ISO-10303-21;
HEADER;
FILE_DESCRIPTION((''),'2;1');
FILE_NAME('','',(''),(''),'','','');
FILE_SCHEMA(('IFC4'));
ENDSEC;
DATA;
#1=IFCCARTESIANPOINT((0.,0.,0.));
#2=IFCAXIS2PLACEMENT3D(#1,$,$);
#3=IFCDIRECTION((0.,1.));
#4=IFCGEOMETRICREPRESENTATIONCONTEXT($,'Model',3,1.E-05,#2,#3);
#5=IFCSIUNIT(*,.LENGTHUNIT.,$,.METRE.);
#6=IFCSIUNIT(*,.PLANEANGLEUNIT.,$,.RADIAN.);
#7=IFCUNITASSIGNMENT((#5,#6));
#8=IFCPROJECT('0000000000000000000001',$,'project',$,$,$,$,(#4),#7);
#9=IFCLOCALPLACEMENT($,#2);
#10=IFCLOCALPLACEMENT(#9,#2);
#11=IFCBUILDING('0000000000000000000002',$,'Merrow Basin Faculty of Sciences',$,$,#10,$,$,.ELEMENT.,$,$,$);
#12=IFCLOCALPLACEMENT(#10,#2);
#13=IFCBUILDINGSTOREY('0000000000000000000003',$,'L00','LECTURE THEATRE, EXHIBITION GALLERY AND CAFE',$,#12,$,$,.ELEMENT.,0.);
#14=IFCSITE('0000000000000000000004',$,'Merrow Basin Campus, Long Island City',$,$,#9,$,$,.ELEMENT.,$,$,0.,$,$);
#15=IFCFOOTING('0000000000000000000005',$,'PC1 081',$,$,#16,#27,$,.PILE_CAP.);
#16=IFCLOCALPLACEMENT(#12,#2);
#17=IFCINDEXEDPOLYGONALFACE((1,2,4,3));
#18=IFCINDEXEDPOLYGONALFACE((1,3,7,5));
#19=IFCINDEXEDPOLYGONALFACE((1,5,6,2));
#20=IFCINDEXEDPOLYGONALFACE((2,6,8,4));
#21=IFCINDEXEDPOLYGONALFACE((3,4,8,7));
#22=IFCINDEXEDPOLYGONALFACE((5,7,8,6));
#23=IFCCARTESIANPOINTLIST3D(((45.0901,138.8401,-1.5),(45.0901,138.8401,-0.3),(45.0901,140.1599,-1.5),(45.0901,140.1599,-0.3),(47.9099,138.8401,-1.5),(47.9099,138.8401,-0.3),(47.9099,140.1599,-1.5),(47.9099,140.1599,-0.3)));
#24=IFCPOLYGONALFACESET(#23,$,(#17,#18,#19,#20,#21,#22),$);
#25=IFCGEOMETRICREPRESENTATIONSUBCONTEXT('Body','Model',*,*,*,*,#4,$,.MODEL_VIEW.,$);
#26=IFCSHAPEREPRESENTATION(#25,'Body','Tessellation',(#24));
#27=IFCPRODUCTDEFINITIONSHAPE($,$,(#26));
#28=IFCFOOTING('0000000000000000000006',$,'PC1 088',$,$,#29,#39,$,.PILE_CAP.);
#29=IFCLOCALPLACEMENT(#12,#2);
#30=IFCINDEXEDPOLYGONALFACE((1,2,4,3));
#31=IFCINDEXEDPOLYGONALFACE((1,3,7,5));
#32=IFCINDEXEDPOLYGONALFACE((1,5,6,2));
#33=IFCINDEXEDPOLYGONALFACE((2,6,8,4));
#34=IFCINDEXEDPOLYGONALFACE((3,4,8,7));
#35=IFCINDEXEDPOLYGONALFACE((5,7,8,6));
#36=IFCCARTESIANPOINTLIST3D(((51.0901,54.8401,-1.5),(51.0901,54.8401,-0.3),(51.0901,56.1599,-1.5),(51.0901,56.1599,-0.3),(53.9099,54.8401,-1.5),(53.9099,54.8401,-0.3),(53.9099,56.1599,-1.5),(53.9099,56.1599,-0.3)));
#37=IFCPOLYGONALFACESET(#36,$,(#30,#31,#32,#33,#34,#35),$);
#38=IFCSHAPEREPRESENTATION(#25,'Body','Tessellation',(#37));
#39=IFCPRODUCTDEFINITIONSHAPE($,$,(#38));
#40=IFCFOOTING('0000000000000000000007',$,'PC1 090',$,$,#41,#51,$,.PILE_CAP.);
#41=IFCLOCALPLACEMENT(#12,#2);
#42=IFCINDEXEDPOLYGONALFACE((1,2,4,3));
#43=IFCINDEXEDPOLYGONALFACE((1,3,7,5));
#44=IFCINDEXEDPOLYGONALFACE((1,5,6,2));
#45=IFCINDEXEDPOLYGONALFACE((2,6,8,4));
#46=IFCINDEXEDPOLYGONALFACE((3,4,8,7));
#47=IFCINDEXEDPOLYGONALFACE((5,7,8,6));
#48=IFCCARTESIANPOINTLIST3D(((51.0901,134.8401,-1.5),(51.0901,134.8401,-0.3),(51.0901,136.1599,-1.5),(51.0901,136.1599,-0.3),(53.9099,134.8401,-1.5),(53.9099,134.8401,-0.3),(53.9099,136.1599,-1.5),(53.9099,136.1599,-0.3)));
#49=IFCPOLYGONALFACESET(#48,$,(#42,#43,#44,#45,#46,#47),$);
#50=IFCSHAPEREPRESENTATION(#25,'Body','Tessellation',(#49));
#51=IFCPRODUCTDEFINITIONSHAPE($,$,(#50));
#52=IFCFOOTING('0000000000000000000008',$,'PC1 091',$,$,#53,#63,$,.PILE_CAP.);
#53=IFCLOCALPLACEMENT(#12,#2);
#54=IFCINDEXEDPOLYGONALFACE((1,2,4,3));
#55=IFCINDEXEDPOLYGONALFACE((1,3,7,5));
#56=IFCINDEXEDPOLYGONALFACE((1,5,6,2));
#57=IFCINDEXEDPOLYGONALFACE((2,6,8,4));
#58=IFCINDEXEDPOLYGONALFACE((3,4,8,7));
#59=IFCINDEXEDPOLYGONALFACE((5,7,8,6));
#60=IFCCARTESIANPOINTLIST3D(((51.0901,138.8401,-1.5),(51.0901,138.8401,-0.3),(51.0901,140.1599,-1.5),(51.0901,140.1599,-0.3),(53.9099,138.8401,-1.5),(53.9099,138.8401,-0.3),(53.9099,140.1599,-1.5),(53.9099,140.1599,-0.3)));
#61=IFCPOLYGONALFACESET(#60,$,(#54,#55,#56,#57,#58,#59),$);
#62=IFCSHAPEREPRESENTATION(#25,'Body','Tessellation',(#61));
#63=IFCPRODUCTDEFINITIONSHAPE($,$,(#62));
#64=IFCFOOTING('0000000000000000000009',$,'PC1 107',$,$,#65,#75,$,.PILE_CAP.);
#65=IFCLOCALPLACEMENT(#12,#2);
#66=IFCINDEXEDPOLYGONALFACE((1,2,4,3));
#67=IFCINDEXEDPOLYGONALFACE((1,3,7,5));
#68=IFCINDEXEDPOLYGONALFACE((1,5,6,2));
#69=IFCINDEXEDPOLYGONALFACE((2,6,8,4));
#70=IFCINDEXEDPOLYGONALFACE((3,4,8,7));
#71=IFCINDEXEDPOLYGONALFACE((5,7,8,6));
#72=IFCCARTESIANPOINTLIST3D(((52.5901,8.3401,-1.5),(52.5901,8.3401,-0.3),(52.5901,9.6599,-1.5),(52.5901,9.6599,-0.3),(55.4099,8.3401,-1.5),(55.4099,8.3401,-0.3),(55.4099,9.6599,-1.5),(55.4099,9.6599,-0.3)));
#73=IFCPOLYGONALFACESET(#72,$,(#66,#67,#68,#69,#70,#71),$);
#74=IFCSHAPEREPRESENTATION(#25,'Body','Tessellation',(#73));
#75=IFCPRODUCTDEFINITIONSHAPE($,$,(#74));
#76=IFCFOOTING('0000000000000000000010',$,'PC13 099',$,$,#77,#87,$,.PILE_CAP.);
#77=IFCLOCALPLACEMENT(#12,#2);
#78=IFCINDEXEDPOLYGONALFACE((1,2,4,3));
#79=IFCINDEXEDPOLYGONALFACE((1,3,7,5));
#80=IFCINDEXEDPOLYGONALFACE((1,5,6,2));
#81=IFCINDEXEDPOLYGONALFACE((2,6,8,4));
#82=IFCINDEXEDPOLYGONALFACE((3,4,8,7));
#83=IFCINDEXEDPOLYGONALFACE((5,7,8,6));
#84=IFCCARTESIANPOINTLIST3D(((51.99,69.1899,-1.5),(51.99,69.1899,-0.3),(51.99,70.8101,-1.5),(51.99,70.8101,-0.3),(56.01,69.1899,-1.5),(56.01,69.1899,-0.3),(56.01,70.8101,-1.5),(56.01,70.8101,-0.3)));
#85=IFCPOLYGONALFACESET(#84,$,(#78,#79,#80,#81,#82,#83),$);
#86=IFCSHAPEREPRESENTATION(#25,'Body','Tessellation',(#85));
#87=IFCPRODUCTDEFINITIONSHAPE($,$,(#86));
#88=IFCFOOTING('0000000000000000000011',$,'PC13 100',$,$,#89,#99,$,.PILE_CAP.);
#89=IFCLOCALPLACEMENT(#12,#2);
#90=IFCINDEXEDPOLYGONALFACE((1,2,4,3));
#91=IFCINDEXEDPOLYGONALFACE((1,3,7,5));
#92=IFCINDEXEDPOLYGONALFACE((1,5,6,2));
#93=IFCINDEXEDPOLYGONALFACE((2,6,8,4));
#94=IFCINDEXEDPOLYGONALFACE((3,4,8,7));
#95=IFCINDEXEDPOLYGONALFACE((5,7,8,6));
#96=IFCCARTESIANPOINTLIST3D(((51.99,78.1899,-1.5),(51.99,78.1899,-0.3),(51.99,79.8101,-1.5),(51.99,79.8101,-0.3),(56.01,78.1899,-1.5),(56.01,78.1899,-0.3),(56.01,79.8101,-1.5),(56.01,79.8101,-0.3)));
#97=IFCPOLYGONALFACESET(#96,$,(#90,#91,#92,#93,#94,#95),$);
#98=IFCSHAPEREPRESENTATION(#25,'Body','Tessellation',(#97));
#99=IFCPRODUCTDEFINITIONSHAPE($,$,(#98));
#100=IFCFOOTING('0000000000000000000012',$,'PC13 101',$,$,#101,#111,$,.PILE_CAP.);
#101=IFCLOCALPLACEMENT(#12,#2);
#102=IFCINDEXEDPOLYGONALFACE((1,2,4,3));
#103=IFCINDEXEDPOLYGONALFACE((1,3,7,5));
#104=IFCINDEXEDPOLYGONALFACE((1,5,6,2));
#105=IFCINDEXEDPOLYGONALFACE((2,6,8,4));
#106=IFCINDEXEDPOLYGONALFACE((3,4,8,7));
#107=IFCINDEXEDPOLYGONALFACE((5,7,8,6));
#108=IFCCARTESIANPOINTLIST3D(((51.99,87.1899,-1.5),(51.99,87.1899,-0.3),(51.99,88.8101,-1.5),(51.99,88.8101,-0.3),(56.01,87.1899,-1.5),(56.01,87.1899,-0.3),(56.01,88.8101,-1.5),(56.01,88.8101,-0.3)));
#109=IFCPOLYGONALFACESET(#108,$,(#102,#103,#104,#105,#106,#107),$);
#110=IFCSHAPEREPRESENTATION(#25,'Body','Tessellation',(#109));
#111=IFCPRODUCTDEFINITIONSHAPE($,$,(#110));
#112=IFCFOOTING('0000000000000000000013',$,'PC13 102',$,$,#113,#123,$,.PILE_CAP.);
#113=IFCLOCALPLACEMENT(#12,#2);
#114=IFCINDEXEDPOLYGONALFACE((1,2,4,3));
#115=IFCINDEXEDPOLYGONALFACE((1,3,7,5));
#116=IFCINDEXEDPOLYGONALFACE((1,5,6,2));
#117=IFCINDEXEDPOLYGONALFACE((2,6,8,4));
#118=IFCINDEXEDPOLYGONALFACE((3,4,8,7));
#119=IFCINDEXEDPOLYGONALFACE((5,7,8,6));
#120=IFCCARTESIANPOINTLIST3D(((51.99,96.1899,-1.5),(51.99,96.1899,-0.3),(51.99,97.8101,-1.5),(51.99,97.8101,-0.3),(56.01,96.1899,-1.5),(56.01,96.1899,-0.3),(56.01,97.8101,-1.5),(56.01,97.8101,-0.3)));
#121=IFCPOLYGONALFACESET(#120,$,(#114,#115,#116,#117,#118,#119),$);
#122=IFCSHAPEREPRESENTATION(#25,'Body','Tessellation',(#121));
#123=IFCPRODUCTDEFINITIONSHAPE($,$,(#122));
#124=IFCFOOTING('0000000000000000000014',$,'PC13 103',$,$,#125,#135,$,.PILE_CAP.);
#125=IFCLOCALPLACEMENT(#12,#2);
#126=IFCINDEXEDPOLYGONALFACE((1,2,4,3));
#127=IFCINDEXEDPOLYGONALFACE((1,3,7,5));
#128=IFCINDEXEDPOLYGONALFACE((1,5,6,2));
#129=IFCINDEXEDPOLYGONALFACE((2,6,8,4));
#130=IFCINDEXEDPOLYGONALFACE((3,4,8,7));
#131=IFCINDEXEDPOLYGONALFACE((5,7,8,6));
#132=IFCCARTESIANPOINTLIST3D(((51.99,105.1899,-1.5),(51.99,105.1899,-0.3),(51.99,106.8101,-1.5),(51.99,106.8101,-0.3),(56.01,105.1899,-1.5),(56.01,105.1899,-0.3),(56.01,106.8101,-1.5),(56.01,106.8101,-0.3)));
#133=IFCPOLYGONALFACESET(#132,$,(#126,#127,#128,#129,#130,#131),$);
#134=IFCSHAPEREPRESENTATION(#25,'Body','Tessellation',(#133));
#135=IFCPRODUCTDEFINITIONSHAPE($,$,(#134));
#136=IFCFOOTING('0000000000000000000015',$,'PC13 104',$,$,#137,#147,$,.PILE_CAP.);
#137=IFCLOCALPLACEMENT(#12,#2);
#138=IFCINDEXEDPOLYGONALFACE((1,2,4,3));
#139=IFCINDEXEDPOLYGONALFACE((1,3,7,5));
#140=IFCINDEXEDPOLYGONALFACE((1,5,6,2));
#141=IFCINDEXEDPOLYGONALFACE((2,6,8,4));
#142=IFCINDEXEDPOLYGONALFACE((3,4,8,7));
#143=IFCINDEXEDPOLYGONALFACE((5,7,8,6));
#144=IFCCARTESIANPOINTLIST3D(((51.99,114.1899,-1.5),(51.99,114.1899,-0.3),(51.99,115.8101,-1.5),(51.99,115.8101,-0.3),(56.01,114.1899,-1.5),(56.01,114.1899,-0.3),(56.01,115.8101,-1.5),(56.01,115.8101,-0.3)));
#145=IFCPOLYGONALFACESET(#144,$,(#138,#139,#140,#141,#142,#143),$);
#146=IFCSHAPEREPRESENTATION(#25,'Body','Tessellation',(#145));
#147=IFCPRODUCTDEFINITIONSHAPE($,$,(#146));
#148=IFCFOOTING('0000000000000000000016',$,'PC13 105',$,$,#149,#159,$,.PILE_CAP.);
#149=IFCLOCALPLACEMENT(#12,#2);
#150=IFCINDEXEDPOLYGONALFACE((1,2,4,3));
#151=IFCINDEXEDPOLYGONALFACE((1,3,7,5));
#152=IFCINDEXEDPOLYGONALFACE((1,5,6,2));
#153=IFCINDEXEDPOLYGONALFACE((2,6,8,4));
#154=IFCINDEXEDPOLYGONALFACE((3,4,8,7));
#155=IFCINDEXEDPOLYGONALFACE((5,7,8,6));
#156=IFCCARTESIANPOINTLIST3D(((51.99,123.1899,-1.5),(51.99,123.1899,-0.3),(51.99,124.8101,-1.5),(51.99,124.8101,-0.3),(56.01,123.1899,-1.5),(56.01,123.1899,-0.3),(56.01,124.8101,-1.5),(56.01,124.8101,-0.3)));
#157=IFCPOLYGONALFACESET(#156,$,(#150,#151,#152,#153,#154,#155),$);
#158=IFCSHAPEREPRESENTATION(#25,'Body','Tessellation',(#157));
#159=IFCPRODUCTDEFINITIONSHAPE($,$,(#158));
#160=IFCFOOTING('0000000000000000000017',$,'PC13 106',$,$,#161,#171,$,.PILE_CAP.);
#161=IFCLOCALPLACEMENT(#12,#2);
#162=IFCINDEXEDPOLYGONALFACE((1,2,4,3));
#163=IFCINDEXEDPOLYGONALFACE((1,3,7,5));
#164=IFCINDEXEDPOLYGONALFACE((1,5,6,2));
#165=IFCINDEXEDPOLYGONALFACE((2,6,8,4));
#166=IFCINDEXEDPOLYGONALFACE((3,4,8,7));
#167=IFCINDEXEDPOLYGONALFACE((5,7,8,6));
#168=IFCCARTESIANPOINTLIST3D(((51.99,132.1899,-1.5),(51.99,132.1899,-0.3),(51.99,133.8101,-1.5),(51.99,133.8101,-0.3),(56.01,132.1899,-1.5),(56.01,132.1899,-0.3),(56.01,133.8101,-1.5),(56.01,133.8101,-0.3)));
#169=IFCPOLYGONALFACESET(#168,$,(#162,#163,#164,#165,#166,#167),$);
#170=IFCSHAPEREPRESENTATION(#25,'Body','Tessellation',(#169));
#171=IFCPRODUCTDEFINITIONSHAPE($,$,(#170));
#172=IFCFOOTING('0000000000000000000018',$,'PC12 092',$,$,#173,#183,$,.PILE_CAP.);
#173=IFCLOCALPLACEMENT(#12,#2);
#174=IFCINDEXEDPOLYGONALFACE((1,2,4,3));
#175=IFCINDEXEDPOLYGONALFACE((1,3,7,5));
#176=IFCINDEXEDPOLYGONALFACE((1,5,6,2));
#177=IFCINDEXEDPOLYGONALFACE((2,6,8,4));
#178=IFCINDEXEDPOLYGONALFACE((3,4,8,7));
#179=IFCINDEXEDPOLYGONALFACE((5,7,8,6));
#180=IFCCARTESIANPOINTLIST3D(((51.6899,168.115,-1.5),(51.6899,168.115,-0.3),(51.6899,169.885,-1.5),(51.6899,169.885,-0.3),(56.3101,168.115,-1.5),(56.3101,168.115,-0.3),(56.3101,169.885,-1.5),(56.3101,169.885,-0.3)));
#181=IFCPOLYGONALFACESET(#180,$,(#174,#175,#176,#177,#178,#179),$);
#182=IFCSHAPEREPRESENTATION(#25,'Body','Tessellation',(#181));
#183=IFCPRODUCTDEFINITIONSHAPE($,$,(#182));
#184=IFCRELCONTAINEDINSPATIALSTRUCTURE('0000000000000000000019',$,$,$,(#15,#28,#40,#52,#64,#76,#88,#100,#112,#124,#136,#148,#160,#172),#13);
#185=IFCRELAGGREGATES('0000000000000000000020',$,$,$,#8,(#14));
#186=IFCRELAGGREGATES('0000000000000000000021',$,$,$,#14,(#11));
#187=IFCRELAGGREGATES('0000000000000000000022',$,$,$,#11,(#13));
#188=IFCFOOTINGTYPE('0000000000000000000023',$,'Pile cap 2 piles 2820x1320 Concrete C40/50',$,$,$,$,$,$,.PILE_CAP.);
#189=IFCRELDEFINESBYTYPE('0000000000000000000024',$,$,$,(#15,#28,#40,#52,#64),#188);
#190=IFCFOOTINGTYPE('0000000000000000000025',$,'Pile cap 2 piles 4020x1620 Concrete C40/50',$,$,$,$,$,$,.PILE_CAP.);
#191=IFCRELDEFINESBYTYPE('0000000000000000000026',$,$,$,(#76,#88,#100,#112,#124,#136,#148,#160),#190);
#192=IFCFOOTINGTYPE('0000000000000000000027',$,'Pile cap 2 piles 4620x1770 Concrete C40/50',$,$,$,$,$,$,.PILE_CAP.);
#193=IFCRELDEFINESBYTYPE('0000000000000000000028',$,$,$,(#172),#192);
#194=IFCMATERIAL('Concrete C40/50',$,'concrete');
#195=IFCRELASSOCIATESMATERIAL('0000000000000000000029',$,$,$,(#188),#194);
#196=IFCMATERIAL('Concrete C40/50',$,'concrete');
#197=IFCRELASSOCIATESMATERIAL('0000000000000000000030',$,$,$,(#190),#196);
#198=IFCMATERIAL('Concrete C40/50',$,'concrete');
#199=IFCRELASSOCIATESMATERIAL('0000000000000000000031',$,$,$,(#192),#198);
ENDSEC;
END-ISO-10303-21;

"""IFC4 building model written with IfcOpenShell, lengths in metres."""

from ifc_helpers import new_model, si_unit, direction, frame, origin, place, context, subcontext, project, spatial, polyline, outline, extrude, material, type_object, element, save


model = new_model("IFC4")

# Units and contexts
model_context = context("Model", 3, precision=1e-05, world=origin(), true_north=direction((0.0, 1.0)))
body_context = subcontext(model_context, "Body", "Model", "MODEL_VIEW")
ifc_project = project(units=[si_unit("LENGTHUNIT", "METRE"), si_unit("PLANEANGLEUNIT", "RADIAN")], contexts=[model_context])

# Site, building, storey
site_placement = place(None, origin())
site = spatial("IfcSite", under=ifc_project, at=site_placement, Name="Merrow Basin Campus, Long Island City", CompositionType="ELEMENT", RefElevation=0.0)
building_placement = place(site_placement, origin())
building = spatial("IfcBuilding", under=site, at=building_placement, Name="Merrow Basin Faculty of Sciences", CompositionType="ELEMENT")
storey_placement = place(building_placement, origin())
storey = spatial("IfcBuildingStorey", under=building, at=storey_placement, Name="L00", Description="LECTURE THEATRE, EXHIBITION GALLERY AND CAFE", CompositionType="ELEMENT", Elevation=0.0)

# Footings
ifc_material_1 = material(Name="Concrete C40/50", Category="concrete")
footing_type_1 = type_object("IfcFootingType", Name="Pile cap 2 piles 2820x1320 Concrete C40/50", PredefinedType="PILE_CAP", material=ifc_material_1)
footing_1_placement = place(storey_placement, frame((0.0, 0.0, -1.5)))
element("IfcFooting", 1, at=footing_1_placement, inside=storey, type_object=footing_type_1, Name="PC1 081", PredefinedType="PILE_CAP", context=body_context, shape_type="SweptSolid", body=[
    extrude(outline(polyline([(45.0901, 138.8401), (45.0901, 140.1599), (47.9099, 140.1599), (47.9099, 138.8401), (45.0901, 138.8401)])), origin(), (0.0, 0.0, 1.0), 1.2),
])
footing_2_placement = place(storey_placement, frame((0.0, 0.0, -1.5)))
element("IfcFooting", 2, at=footing_2_placement, inside=storey, type_object=footing_type_1, Name="PC1 088", PredefinedType="PILE_CAP", context=body_context, shape_type="SweptSolid", body=[
    extrude(outline(polyline([(51.0901, 54.8401), (51.0901, 56.1599), (53.9099, 56.1599), (53.9099, 54.8401), (51.0901, 54.8401)])), origin(), (0.0, 0.0, 1.0), 1.2),
])
footing_3_placement = place(storey_placement, frame((0.0, 0.0, -1.5)))
element("IfcFooting", 3, at=footing_3_placement, inside=storey, type_object=footing_type_1, Name="PC1 090", PredefinedType="PILE_CAP", context=body_context, shape_type="SweptSolid", body=[
    extrude(outline(polyline([(51.0901, 136.1599), (53.9099, 136.1599), (53.9099, 134.8401), (51.0901, 134.8401), (51.0901, 136.1599)])), origin(), (0.0, 0.0, 1.0), 1.2),
])
footing_4_placement = place(storey_placement, frame((0.0, 0.0, -1.5)))
element("IfcFooting", 4, at=footing_4_placement, inside=storey, type_object=footing_type_1, Name="PC1 091", PredefinedType="PILE_CAP", context=body_context, shape_type="SweptSolid", body=[
    extrude(outline(polyline([(51.0901, 140.1599), (53.9099, 140.1599), (53.9099, 138.8401), (51.0901, 138.8401), (51.0901, 140.1599)])), origin(), (0.0, 0.0, 1.0), 1.2),
])
footing_5_placement = place(storey_placement, frame((0.0, 0.0, -1.5)))
element("IfcFooting", 5, at=footing_5_placement, inside=storey, type_object=footing_type_1, Name="PC1 107", PredefinedType="PILE_CAP", context=body_context, shape_type="SweptSolid", body=[
    extrude(outline(polyline([(52.5901, 9.6599), (55.4099, 9.6599), (55.4099, 8.3401), (52.5901, 8.3401), (52.5901, 9.6599)])), origin(), (0.0, 0.0, 1.0), 1.2),
])
ifc_material_2 = material(Name="Concrete C40/50", Category="concrete")
footing_type_2 = type_object("IfcFootingType", Name="Pile cap 2 piles 4020x1620 Concrete C40/50", PredefinedType="PILE_CAP", material=ifc_material_2)
footing_6_placement = place(storey_placement, frame((0.0, 0.0, -1.5)))
element("IfcFooting", 6, at=footing_6_placement, inside=storey, type_object=footing_type_2, Name="PC13 099", PredefinedType="PILE_CAP", context=body_context, shape_type="SweptSolid", body=[
    extrude(outline(polyline([(51.99, 70.8101), (56.01, 70.8101), (56.01, 69.1899), (51.99, 69.1899), (51.99, 70.8101)])), origin(), (0.0, 0.0, 1.0), 1.2),
])
footing_7_placement = place(storey_placement, frame((0.0, 0.0, -1.5)))
element("IfcFooting", 7, at=footing_7_placement, inside=storey, type_object=footing_type_2, Name="PC13 100", PredefinedType="PILE_CAP", context=body_context, shape_type="SweptSolid", body=[
    extrude(outline(polyline([(51.99, 79.8101), (56.01, 79.8101), (56.01, 78.1899), (51.99, 78.1899), (51.99, 79.8101)])), origin(), (0.0, 0.0, 1.0), 1.2),
])
footing_8_placement = place(storey_placement, frame((0.0, 0.0, -1.5)))
element("IfcFooting", 8, at=footing_8_placement, inside=storey, type_object=footing_type_2, Name="PC13 101", PredefinedType="PILE_CAP", context=body_context, shape_type="SweptSolid", body=[
    extrude(outline(polyline([(51.99, 88.8101), (56.01, 88.8101), (56.01, 87.1899), (51.99, 87.1899), (51.99, 88.8101)])), origin(), (0.0, 0.0, 1.0), 1.2),
])
footing_9_placement = place(storey_placement, frame((0.0, 0.0, -1.5)))
element("IfcFooting", 9, at=footing_9_placement, inside=storey, type_object=footing_type_2, Name="PC13 102", PredefinedType="PILE_CAP", context=body_context, shape_type="SweptSolid", body=[
    extrude(outline(polyline([(51.99, 97.8101), (56.01, 97.8101), (56.01, 96.1899), (51.99, 96.1899), (51.99, 97.8101)])), origin(), (0.0, 0.0, 1.0), 1.2),
])
footing_10_placement = place(storey_placement, frame((0.0, 0.0, -1.5)))
element("IfcFooting", 10, at=footing_10_placement, inside=storey, type_object=footing_type_2, Name="PC13 103", PredefinedType="PILE_CAP", context=body_context, shape_type="SweptSolid", body=[
    extrude(outline(polyline([(51.99, 106.8101), (56.01, 106.8101), (56.01, 105.1899), (51.99, 105.1899), (51.99, 106.8101)])), origin(), (0.0, 0.0, 1.0), 1.2),
])
footing_11_placement = place(storey_placement, frame((0.0, 0.0, -1.5)))
element("IfcFooting", 11, at=footing_11_placement, inside=storey, type_object=footing_type_2, Name="PC13 104", PredefinedType="PILE_CAP", context=body_context, shape_type="SweptSolid", body=[
    extrude(outline(polyline([(51.99, 115.8101), (56.01, 115.8101), (56.01, 114.1899), (51.99, 114.1899), (51.99, 115.8101)])), origin(), (0.0, 0.0, 1.0), 1.2),
])
footing_12_placement = place(storey_placement, frame((0.0, 0.0, -1.5)))
element("IfcFooting", 12, at=footing_12_placement, inside=storey, type_object=footing_type_2, Name="PC13 105", PredefinedType="PILE_CAP", context=body_context, shape_type="SweptSolid", body=[
    extrude(outline(polyline([(51.99, 124.8101), (56.01, 124.8101), (56.01, 123.1899), (51.99, 123.1899), (51.99, 124.8101)])), origin(), (0.0, 0.0, 1.0), 1.2),
])
footing_13_placement = place(storey_placement, frame((0.0, 0.0, -1.5)))
element("IfcFooting", 13, at=footing_13_placement, inside=storey, type_object=footing_type_2, Name="PC13 106", PredefinedType="PILE_CAP", context=body_context, shape_type="SweptSolid", body=[
    extrude(outline(polyline([(51.99, 133.8101), (56.01, 133.8101), (56.01, 132.1899), (51.99, 132.1899), (51.99, 133.8101)])), origin(), (0.0, 0.0, 1.0), 1.2),
])
ifc_material_3 = material(Name="Concrete C40/50", Category="concrete")
footing_type_3 = type_object("IfcFootingType", Name="Pile cap 2 piles 4620x1770 Concrete C40/50", PredefinedType="PILE_CAP", material=ifc_material_3)
footing_14_placement = place(storey_placement, frame((0.0, 0.0, -1.5)))
element("IfcFooting", 14, at=footing_14_placement, inside=storey, type_object=footing_type_3, Name="PC12 092", PredefinedType="PILE_CAP", context=body_context, shape_type="SweptSolid", body=[
    extrude(outline(polyline([(51.6899, 169.885), (56.3101, 169.885), (56.3101, 168.115), (51.6899, 168.115), (51.6899, 169.885)])), origin(), (0.0, 0.0, 1.0), 1.2),
])

save(model, "model.ifc")
